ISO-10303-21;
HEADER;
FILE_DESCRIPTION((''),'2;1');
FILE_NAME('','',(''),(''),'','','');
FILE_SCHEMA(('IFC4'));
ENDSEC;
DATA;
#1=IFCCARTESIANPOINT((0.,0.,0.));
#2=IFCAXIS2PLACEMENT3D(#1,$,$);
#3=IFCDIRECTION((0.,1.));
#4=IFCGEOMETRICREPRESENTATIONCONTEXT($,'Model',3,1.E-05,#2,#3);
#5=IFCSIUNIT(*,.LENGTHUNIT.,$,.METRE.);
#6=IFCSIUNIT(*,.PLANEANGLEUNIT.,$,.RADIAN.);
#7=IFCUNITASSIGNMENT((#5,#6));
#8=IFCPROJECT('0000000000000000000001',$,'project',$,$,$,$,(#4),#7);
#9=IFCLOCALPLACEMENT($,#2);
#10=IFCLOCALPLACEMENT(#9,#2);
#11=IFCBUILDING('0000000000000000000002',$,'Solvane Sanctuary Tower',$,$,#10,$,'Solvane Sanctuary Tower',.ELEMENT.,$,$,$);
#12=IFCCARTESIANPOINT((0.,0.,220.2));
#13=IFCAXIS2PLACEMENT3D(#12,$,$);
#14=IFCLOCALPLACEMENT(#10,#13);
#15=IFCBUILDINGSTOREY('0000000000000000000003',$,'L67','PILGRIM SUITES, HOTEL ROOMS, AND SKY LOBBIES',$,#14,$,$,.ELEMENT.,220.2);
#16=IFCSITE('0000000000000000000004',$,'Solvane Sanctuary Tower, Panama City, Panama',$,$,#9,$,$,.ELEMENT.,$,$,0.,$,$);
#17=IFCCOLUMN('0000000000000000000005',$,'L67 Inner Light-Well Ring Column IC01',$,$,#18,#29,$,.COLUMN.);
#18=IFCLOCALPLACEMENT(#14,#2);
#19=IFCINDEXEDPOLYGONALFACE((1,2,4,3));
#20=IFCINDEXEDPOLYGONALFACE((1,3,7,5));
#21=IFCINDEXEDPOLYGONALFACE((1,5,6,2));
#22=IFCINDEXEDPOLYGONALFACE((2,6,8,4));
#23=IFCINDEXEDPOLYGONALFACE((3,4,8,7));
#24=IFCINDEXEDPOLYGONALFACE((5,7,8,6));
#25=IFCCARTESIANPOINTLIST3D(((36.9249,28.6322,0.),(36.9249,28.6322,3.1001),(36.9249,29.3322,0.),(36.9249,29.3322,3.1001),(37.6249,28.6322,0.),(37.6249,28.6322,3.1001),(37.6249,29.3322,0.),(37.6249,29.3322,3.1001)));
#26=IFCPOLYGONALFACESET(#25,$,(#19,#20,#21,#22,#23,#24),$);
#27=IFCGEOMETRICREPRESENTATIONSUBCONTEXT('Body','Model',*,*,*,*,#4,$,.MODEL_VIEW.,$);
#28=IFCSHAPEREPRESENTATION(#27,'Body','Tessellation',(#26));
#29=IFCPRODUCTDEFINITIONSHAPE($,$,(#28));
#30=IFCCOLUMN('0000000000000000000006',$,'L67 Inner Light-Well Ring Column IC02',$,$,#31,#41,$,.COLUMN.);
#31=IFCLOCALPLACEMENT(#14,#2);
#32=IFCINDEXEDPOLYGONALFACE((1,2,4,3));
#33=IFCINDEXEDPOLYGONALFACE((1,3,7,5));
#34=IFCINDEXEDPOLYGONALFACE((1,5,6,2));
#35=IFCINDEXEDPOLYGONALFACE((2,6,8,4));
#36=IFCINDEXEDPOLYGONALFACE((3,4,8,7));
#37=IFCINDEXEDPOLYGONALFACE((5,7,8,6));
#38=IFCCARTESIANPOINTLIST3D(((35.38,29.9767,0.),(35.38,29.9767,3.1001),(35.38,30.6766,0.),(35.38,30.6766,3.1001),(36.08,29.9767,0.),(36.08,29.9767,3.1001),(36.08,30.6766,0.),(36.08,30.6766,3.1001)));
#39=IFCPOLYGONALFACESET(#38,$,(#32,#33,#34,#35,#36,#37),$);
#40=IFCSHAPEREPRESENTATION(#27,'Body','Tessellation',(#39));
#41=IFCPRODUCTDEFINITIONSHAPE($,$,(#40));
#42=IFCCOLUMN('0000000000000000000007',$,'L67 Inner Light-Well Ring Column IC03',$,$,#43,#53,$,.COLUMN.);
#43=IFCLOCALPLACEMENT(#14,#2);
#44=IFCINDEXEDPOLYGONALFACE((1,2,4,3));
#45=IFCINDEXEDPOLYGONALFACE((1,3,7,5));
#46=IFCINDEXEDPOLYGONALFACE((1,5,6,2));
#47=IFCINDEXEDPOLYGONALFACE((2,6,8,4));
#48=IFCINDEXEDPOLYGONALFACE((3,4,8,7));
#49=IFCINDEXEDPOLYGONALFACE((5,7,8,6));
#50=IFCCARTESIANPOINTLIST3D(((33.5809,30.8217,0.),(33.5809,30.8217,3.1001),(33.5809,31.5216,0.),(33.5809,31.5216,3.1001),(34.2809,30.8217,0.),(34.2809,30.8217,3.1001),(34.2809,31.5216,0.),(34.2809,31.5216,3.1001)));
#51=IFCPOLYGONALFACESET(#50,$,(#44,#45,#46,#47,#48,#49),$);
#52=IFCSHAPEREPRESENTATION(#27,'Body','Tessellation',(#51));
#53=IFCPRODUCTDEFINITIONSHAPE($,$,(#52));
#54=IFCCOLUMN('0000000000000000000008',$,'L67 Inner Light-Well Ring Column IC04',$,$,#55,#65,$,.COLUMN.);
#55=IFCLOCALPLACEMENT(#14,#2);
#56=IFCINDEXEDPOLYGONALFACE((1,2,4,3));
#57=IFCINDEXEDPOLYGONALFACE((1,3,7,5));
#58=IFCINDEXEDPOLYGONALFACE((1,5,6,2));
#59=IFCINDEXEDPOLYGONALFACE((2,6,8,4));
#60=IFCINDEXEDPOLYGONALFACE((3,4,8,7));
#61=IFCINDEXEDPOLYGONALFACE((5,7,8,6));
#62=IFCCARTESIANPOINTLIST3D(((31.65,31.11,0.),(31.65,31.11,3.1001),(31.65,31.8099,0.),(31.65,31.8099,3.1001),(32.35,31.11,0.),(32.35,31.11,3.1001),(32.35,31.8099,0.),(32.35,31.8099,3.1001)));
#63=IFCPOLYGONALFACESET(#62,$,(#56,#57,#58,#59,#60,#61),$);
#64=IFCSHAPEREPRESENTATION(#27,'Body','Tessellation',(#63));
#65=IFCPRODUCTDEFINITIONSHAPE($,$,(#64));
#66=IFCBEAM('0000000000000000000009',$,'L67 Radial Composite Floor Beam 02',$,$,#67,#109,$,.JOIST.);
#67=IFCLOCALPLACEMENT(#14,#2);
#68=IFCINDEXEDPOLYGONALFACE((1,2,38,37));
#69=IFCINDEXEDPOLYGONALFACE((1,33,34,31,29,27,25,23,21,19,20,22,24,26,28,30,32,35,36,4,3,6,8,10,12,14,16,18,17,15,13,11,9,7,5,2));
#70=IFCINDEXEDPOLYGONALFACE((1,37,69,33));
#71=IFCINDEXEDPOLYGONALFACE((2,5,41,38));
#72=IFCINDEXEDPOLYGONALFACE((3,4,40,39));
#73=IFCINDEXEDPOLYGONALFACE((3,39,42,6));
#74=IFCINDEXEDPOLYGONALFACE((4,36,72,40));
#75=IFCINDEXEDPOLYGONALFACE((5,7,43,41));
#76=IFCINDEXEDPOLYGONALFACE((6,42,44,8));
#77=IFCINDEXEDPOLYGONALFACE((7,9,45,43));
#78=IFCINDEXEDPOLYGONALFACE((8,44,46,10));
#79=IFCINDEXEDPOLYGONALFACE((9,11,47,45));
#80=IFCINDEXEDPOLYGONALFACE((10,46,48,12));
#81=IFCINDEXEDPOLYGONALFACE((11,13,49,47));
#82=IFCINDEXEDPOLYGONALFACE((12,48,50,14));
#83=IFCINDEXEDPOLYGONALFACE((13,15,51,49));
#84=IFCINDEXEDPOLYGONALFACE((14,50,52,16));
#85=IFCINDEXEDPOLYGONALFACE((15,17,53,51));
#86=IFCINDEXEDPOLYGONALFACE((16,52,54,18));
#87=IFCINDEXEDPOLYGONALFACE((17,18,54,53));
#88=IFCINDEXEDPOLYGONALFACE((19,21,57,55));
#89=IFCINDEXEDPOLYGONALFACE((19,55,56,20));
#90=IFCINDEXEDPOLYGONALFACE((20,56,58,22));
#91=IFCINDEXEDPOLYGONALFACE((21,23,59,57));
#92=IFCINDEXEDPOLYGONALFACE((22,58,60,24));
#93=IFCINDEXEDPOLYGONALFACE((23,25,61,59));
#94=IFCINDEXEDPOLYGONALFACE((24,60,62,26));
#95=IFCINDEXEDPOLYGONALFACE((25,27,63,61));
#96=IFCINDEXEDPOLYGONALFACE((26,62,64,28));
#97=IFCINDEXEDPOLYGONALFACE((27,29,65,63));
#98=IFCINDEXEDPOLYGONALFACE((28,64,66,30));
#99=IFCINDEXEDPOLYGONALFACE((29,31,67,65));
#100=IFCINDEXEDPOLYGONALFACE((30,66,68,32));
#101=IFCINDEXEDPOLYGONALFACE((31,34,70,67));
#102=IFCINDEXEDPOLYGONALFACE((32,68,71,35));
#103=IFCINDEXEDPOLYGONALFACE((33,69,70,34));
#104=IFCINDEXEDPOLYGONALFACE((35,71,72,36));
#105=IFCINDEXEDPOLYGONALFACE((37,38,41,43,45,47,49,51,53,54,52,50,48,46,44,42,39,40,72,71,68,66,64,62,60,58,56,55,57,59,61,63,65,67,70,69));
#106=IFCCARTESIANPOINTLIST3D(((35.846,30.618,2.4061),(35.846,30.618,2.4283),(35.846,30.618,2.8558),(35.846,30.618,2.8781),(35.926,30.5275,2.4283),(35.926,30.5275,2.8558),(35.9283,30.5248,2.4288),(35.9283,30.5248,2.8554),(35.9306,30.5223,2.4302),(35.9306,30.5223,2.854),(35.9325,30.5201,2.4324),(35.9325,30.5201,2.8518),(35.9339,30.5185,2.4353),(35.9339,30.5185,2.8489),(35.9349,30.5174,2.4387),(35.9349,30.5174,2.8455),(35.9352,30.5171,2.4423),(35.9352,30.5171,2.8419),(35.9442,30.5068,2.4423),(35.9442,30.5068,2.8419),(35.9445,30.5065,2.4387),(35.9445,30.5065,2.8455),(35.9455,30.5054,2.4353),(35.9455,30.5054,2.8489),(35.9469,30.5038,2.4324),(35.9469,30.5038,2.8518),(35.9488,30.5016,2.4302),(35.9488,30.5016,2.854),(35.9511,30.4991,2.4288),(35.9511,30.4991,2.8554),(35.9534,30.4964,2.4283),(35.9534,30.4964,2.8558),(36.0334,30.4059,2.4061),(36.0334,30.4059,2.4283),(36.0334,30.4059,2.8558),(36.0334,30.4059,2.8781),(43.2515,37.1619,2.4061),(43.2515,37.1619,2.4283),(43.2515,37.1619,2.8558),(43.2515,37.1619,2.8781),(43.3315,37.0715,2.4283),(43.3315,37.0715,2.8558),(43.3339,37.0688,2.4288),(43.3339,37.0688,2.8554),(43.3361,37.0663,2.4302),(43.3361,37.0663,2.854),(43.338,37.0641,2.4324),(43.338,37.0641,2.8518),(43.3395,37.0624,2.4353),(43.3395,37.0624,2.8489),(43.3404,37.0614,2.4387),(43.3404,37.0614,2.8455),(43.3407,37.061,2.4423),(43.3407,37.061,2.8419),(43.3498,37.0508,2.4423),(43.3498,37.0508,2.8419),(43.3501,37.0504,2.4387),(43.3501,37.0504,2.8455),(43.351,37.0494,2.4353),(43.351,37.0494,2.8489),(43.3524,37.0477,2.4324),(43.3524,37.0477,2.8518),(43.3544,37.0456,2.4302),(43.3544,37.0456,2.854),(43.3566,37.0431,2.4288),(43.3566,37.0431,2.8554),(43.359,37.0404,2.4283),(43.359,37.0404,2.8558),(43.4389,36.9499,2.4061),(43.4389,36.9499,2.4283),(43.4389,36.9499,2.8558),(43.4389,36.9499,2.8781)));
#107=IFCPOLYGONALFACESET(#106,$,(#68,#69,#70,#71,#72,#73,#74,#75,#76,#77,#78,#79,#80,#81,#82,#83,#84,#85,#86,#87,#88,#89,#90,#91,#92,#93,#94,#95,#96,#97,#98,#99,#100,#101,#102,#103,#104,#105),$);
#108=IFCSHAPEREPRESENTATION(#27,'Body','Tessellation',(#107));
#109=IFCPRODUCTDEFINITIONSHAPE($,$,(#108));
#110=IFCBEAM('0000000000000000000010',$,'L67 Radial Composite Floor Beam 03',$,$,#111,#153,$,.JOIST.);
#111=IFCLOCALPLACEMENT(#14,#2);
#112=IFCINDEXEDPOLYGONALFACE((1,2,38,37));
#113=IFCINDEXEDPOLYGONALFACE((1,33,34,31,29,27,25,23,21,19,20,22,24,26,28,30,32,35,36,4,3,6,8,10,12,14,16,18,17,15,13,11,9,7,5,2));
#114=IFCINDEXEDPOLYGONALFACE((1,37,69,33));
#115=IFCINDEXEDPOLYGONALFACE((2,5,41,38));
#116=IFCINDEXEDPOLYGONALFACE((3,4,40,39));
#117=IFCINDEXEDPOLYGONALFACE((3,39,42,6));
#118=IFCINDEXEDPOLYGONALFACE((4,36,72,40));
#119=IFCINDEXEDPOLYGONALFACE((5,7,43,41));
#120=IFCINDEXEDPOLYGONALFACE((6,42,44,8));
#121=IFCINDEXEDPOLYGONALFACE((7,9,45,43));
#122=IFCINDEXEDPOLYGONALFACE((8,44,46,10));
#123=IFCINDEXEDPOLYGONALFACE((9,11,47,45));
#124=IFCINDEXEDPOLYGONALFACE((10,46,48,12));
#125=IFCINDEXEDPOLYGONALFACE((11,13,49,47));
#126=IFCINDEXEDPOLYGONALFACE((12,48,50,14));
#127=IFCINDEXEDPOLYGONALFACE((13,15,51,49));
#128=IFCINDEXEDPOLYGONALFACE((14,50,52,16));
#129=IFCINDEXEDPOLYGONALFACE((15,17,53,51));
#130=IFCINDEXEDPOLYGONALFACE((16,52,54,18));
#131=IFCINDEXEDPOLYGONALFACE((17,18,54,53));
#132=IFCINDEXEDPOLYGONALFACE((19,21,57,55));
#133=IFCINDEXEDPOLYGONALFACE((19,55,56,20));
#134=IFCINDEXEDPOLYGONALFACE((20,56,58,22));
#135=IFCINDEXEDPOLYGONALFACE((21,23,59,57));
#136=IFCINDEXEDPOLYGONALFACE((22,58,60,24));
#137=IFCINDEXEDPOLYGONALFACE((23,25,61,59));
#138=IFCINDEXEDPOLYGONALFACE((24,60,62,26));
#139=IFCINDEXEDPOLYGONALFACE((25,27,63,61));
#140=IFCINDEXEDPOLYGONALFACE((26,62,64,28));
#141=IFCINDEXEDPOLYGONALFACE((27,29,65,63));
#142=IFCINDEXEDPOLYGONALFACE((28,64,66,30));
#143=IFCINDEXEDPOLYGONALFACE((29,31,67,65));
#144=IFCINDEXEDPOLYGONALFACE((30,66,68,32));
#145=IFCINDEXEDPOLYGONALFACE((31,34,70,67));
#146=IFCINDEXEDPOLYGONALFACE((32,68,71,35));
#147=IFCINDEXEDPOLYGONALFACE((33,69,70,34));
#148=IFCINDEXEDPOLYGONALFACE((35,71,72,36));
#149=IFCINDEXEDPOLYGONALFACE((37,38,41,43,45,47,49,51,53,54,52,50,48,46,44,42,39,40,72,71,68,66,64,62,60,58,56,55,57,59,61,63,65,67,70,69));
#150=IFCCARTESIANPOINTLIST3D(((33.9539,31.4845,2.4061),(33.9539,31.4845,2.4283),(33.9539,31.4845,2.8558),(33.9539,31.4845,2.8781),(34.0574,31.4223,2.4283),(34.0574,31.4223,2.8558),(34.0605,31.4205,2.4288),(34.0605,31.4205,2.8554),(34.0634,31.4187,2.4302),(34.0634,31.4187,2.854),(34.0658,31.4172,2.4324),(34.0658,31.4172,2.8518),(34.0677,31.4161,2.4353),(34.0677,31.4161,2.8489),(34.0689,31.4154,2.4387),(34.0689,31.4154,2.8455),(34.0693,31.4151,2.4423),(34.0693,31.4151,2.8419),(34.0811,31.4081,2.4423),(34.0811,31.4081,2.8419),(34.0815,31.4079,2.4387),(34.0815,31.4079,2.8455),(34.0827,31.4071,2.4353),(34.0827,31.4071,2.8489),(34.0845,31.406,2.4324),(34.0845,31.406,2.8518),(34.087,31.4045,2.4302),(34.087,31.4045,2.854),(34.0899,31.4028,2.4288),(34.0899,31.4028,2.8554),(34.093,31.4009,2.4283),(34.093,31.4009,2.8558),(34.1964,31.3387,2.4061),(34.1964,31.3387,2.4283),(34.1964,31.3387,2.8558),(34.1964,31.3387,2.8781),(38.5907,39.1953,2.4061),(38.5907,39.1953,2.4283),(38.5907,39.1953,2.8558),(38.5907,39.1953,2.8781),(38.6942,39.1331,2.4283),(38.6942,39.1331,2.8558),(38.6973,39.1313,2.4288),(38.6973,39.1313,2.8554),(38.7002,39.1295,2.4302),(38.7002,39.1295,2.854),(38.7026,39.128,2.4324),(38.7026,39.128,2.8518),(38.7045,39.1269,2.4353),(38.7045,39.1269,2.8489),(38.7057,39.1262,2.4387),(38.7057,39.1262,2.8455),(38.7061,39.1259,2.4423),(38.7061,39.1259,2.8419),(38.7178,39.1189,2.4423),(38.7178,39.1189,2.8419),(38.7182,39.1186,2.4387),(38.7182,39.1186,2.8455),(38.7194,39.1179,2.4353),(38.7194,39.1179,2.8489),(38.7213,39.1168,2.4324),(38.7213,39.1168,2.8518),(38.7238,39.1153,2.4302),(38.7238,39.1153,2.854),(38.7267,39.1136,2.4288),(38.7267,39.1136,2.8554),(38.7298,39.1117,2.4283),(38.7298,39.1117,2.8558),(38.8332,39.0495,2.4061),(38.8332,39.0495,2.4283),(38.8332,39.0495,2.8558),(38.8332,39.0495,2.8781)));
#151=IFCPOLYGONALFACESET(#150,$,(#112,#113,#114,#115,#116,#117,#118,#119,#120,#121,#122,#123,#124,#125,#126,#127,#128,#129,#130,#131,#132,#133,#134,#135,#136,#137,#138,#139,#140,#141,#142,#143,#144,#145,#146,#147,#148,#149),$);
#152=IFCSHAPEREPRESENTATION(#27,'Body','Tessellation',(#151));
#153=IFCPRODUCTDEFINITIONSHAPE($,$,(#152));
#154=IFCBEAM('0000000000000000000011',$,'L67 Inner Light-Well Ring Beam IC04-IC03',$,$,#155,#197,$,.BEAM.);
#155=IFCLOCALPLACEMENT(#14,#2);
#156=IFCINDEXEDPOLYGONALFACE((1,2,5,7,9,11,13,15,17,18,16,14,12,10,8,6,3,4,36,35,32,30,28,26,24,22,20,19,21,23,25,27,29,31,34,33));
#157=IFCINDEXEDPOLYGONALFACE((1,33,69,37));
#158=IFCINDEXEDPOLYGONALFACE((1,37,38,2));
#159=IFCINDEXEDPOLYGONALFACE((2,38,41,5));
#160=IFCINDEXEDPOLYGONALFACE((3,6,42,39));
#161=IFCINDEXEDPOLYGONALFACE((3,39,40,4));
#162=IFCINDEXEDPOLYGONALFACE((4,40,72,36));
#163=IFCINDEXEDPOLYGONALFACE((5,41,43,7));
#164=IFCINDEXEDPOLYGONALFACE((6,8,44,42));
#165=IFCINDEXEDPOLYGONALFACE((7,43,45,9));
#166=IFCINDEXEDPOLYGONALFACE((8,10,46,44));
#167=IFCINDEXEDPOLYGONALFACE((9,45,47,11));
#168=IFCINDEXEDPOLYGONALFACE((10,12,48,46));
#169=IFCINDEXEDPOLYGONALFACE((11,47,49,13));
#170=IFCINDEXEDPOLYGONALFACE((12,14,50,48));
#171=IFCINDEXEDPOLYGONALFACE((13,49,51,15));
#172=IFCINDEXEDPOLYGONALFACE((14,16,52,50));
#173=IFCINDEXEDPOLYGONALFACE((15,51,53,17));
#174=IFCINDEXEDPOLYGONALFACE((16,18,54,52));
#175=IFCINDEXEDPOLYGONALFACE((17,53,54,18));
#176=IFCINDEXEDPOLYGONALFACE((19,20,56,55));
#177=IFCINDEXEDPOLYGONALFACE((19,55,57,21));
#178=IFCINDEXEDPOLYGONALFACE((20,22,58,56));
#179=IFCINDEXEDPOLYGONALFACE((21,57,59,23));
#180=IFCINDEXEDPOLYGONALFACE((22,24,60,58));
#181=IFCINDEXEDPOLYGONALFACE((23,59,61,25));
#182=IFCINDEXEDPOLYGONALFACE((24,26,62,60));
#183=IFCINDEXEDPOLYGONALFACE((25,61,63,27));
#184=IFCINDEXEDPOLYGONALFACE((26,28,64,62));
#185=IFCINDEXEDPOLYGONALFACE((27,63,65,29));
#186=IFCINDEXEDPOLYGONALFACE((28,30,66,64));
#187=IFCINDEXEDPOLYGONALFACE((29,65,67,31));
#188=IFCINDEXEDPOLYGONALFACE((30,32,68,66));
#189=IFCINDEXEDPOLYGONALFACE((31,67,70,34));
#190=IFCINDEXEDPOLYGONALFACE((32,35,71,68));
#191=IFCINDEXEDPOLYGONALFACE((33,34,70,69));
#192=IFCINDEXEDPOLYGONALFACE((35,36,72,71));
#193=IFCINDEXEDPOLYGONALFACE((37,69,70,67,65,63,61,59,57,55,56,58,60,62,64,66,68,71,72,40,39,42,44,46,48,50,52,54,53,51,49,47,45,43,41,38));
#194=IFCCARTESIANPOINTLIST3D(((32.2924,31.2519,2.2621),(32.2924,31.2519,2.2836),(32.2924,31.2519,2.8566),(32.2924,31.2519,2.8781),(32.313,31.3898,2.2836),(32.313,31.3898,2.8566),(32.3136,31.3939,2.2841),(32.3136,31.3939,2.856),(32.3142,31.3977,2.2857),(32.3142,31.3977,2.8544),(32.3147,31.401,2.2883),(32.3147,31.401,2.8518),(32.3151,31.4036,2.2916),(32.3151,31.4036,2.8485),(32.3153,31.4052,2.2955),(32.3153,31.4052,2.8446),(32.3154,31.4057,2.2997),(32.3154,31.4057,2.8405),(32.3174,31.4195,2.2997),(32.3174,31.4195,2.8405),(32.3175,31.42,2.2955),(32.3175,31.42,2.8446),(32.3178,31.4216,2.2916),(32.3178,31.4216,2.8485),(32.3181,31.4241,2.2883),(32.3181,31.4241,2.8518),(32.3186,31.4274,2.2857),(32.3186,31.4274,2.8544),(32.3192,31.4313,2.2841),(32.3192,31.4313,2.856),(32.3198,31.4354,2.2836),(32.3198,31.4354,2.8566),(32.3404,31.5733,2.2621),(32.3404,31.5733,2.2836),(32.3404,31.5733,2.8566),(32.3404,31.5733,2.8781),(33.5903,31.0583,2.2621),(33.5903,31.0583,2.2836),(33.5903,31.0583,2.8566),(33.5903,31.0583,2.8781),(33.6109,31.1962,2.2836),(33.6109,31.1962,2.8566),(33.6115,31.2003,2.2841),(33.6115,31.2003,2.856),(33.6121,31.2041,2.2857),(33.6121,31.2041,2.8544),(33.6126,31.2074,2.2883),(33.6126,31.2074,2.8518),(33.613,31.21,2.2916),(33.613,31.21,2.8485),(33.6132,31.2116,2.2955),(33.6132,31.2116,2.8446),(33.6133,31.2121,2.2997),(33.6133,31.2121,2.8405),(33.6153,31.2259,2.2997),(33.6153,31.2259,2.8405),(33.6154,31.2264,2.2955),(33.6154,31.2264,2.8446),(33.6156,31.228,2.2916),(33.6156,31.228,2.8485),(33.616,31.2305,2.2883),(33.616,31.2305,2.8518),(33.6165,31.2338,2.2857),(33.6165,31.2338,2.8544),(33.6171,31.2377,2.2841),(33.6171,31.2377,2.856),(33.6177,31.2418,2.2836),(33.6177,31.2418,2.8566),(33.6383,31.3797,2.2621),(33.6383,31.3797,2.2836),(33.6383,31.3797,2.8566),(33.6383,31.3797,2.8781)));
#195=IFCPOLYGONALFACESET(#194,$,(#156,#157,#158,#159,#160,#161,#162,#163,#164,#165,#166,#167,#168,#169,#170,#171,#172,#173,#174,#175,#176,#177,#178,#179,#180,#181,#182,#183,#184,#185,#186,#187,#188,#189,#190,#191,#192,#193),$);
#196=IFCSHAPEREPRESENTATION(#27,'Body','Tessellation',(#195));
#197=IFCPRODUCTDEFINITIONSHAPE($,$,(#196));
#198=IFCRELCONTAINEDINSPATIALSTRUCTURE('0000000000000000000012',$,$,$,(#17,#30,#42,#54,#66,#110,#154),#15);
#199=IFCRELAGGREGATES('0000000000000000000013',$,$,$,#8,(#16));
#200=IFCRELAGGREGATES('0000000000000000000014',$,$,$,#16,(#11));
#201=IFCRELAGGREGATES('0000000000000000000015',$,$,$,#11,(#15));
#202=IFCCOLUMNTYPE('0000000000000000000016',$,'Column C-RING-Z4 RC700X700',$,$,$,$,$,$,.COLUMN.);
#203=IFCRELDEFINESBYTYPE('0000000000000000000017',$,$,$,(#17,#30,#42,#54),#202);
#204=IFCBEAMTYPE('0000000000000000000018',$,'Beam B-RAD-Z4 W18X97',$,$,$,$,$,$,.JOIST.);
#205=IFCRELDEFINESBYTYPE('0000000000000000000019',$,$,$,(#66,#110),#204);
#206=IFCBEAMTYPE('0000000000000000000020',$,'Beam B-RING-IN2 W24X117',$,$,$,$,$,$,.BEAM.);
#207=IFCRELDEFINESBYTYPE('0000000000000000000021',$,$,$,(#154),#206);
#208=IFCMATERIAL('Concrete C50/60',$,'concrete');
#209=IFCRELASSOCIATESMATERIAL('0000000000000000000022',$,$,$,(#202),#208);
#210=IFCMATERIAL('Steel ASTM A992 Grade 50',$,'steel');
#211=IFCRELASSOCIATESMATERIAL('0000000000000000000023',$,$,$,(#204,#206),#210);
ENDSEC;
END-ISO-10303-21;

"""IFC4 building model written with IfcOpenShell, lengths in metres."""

from ifc_helpers import new_model, si_unit, direction, frame, origin, origin_2d, place, context, subcontext, project, spatial, rectangle, i_section, extrude, material, material_profile, profile_set, type_object, element, save


model = new_model("IFC4")

# Units and contexts
model_context = context("Model", 3, precision=1e-05, world=origin(), true_north=direction((0.0, 1.0)))
body_context = subcontext(model_context, "Body", "Model", "MODEL_VIEW")
ifc_project = project(units=[si_unit("LENGTHUNIT", "METRE"), si_unit("PLANEANGLEUNIT", "RADIAN")], contexts=[model_context])

# Site, building, storey
site_placement = place(None, origin())
site = spatial("IfcSite", under=ifc_project, at=site_placement, Name="Solvane Sanctuary Tower, Panama City, Panama", CompositionType="ELEMENT", RefElevation=0.0)
building_placement = place(site_placement, origin())
building = spatial("IfcBuilding", under=site, at=building_placement, Name="Solvane Sanctuary Tower", LongName="Solvane Sanctuary Tower", CompositionType="ELEMENT")
storey_placement = place(building_placement, frame((0.0, 0.0, 220.2)))
storey = spatial("IfcBuildingStorey", under=building, at=storey_placement, Name="L67", Description="PILGRIM SUITES, HOTEL ROOMS, AND SKY LOBBIES", CompositionType="ELEMENT", Elevation=220.2)

# Columns
ifc_material_1 = material(Name="Concrete C50/60", Category="concrete")
ifc_material_profile_1 = material_profile(ifc_material_1, rectangle(XDim=0.7, YDim=0.7, at=origin_2d()), Name="RC700X700")
ifc_profile_set_1 = profile_set([ifc_material_profile_1], Name="Concrete C50/60")
column_type = type_object("IfcColumnType", Name="Column C-RING-Z4 RC700X700", PredefinedType="COLUMN", material=ifc_profile_set_1)
for number, where, z_axis, x_axis, name in (
    (1, (37.2749, 28.9822, 0.0), (0.0, 0.0, 1.0), (1.0, 0.0, 0.0), "L67 Inner Light-Well Ring Column IC01"),
    (2, (35.73, 30.3267, 0.0), (0.0, 0.0, 1.0), (1.0, 0.0, 0.0), "L67 Inner Light-Well Ring Column IC02"),
    (3, (33.9309, 31.1716, 0.0), (0.0, 0.0, 1.0), (1.0, 0.0, 0.0), "L67 Inner Light-Well Ring Column IC03"),
    (4, (32.0, 31.46, 0.0), (0.0, 0.0, 1.0), (1.0, 0.0, 0.0), "L67 Inner Light-Well Ring Column IC04"),
):
    element("IfcColumn", number, at=place(storey_placement, frame(where, z_axis=z_axis, x_axis=x_axis)), inside=storey, type_object=column_type, Name=name, PredefinedType="COLUMN", context=body_context, shape_type="SweptSolid", body=[
        extrude(rectangle(XDim=0.7, YDim=0.7, at=origin_2d()), origin(), (0.0, 0.0, 1.0), 3.1001),
    ])

# Beams
ifc_material_2 = material(Name="Steel ASTM A992 Grade 50", Category="steel")
ifc_material_profile_2 = material_profile(ifc_material_2, i_section(OverallWidth=0.283, OverallDepth=0.4719, WebThickness=0.0137, FlangeThickness=0.0222, FilletRadius=0.0139, at=origin_2d()), Name="W18X97")
ifc_profile_set_2 = profile_set([ifc_material_profile_2], Name="Steel ASTM A992 Grade 50")
beam_type_1 = type_object("IfcBeamType", Name="Beam B-RAD-Z4 W18X97", PredefinedType="JOIST", material=ifc_profile_set_2)
beam_1_placement = place(storey_placement, frame((35.9397, 30.512, 2.6421), z_axis=(0.749352, 0.662171, 0.0), x_axis=(-0.662171, 0.749352, 0.0)))
element("IfcBeam", 5, at=beam_1_placement, inside=storey, type_object=beam_type_1, Name="L67 Radial Composite Floor Beam 02", PredefinedType="JOIST", context=body_context, shape_type="SweptSolid", body=[
    extrude(i_section(OverallWidth=0.283, OverallDepth=0.4719, WebThickness=0.0137, FlangeThickness=0.0222, FilletRadius=0.0139, at=origin_2d()), origin(), (0.0, 0.0, 1.0), 9.8826),
])
beam_2_placement = place(storey_placement, frame((34.0752, 31.4116, 2.6421), z_axis=(0.515337, 0.856987, 0.0), x_axis=(-0.856987, 0.515337, 0.0)))
element("IfcBeam", 6, at=beam_2_placement, inside=storey, type_object=beam_type_1, Name="L67 Radial Composite Floor Beam 03", PredefinedType="JOIST", context=body_context, shape_type="SweptSolid", body=[
    extrude(i_section(OverallWidth=0.283, OverallDepth=0.4719, WebThickness=0.0137, FlangeThickness=0.0222, FilletRadius=0.0139, at=origin_2d()), origin(), (0.0, 0.0, 1.0), 8.9976),
])
ifc_material_profile_3 = material_profile(ifc_material_2, i_section(OverallWidth=0.325, OverallDepth=0.616, WebThickness=0.0139, FlangeThickness=0.0215, FilletRadius=0.0161, at=origin_2d()), Name="W24X117")
ifc_profile_set_3 = profile_set([ifc_material_profile_3], Name="Steel ASTM A992 Grade 50")
beam_type_2 = type_object("IfcBeamType", Name="Beam B-RING-IN2 W24X117", PredefinedType="BEAM", material=ifc_profile_set_3)
beam_3_placement = place(storey_placement, frame((32.3164, 31.4126, 2.5701), z_axis=(0.989056, -0.14754, 0.0), x_axis=(0.14754, 0.989056, 0.0)))
element("IfcBeam", 7, at=beam_3_placement, inside=storey, type_object=beam_type_2, Name="L67 Inner Light-Well Ring Beam IC04-IC03", PredefinedType="BEAM", context=body_context, shape_type="SweptSolid", body=[
    extrude(i_section(OverallWidth=0.325, OverallDepth=0.616, WebThickness=0.0139, FlangeThickness=0.0215, FilletRadius=0.0161, at=origin_2d()), origin(), (0.0, 0.0, 1.0), 1.3123),
])

save(model, "model.ifc")
